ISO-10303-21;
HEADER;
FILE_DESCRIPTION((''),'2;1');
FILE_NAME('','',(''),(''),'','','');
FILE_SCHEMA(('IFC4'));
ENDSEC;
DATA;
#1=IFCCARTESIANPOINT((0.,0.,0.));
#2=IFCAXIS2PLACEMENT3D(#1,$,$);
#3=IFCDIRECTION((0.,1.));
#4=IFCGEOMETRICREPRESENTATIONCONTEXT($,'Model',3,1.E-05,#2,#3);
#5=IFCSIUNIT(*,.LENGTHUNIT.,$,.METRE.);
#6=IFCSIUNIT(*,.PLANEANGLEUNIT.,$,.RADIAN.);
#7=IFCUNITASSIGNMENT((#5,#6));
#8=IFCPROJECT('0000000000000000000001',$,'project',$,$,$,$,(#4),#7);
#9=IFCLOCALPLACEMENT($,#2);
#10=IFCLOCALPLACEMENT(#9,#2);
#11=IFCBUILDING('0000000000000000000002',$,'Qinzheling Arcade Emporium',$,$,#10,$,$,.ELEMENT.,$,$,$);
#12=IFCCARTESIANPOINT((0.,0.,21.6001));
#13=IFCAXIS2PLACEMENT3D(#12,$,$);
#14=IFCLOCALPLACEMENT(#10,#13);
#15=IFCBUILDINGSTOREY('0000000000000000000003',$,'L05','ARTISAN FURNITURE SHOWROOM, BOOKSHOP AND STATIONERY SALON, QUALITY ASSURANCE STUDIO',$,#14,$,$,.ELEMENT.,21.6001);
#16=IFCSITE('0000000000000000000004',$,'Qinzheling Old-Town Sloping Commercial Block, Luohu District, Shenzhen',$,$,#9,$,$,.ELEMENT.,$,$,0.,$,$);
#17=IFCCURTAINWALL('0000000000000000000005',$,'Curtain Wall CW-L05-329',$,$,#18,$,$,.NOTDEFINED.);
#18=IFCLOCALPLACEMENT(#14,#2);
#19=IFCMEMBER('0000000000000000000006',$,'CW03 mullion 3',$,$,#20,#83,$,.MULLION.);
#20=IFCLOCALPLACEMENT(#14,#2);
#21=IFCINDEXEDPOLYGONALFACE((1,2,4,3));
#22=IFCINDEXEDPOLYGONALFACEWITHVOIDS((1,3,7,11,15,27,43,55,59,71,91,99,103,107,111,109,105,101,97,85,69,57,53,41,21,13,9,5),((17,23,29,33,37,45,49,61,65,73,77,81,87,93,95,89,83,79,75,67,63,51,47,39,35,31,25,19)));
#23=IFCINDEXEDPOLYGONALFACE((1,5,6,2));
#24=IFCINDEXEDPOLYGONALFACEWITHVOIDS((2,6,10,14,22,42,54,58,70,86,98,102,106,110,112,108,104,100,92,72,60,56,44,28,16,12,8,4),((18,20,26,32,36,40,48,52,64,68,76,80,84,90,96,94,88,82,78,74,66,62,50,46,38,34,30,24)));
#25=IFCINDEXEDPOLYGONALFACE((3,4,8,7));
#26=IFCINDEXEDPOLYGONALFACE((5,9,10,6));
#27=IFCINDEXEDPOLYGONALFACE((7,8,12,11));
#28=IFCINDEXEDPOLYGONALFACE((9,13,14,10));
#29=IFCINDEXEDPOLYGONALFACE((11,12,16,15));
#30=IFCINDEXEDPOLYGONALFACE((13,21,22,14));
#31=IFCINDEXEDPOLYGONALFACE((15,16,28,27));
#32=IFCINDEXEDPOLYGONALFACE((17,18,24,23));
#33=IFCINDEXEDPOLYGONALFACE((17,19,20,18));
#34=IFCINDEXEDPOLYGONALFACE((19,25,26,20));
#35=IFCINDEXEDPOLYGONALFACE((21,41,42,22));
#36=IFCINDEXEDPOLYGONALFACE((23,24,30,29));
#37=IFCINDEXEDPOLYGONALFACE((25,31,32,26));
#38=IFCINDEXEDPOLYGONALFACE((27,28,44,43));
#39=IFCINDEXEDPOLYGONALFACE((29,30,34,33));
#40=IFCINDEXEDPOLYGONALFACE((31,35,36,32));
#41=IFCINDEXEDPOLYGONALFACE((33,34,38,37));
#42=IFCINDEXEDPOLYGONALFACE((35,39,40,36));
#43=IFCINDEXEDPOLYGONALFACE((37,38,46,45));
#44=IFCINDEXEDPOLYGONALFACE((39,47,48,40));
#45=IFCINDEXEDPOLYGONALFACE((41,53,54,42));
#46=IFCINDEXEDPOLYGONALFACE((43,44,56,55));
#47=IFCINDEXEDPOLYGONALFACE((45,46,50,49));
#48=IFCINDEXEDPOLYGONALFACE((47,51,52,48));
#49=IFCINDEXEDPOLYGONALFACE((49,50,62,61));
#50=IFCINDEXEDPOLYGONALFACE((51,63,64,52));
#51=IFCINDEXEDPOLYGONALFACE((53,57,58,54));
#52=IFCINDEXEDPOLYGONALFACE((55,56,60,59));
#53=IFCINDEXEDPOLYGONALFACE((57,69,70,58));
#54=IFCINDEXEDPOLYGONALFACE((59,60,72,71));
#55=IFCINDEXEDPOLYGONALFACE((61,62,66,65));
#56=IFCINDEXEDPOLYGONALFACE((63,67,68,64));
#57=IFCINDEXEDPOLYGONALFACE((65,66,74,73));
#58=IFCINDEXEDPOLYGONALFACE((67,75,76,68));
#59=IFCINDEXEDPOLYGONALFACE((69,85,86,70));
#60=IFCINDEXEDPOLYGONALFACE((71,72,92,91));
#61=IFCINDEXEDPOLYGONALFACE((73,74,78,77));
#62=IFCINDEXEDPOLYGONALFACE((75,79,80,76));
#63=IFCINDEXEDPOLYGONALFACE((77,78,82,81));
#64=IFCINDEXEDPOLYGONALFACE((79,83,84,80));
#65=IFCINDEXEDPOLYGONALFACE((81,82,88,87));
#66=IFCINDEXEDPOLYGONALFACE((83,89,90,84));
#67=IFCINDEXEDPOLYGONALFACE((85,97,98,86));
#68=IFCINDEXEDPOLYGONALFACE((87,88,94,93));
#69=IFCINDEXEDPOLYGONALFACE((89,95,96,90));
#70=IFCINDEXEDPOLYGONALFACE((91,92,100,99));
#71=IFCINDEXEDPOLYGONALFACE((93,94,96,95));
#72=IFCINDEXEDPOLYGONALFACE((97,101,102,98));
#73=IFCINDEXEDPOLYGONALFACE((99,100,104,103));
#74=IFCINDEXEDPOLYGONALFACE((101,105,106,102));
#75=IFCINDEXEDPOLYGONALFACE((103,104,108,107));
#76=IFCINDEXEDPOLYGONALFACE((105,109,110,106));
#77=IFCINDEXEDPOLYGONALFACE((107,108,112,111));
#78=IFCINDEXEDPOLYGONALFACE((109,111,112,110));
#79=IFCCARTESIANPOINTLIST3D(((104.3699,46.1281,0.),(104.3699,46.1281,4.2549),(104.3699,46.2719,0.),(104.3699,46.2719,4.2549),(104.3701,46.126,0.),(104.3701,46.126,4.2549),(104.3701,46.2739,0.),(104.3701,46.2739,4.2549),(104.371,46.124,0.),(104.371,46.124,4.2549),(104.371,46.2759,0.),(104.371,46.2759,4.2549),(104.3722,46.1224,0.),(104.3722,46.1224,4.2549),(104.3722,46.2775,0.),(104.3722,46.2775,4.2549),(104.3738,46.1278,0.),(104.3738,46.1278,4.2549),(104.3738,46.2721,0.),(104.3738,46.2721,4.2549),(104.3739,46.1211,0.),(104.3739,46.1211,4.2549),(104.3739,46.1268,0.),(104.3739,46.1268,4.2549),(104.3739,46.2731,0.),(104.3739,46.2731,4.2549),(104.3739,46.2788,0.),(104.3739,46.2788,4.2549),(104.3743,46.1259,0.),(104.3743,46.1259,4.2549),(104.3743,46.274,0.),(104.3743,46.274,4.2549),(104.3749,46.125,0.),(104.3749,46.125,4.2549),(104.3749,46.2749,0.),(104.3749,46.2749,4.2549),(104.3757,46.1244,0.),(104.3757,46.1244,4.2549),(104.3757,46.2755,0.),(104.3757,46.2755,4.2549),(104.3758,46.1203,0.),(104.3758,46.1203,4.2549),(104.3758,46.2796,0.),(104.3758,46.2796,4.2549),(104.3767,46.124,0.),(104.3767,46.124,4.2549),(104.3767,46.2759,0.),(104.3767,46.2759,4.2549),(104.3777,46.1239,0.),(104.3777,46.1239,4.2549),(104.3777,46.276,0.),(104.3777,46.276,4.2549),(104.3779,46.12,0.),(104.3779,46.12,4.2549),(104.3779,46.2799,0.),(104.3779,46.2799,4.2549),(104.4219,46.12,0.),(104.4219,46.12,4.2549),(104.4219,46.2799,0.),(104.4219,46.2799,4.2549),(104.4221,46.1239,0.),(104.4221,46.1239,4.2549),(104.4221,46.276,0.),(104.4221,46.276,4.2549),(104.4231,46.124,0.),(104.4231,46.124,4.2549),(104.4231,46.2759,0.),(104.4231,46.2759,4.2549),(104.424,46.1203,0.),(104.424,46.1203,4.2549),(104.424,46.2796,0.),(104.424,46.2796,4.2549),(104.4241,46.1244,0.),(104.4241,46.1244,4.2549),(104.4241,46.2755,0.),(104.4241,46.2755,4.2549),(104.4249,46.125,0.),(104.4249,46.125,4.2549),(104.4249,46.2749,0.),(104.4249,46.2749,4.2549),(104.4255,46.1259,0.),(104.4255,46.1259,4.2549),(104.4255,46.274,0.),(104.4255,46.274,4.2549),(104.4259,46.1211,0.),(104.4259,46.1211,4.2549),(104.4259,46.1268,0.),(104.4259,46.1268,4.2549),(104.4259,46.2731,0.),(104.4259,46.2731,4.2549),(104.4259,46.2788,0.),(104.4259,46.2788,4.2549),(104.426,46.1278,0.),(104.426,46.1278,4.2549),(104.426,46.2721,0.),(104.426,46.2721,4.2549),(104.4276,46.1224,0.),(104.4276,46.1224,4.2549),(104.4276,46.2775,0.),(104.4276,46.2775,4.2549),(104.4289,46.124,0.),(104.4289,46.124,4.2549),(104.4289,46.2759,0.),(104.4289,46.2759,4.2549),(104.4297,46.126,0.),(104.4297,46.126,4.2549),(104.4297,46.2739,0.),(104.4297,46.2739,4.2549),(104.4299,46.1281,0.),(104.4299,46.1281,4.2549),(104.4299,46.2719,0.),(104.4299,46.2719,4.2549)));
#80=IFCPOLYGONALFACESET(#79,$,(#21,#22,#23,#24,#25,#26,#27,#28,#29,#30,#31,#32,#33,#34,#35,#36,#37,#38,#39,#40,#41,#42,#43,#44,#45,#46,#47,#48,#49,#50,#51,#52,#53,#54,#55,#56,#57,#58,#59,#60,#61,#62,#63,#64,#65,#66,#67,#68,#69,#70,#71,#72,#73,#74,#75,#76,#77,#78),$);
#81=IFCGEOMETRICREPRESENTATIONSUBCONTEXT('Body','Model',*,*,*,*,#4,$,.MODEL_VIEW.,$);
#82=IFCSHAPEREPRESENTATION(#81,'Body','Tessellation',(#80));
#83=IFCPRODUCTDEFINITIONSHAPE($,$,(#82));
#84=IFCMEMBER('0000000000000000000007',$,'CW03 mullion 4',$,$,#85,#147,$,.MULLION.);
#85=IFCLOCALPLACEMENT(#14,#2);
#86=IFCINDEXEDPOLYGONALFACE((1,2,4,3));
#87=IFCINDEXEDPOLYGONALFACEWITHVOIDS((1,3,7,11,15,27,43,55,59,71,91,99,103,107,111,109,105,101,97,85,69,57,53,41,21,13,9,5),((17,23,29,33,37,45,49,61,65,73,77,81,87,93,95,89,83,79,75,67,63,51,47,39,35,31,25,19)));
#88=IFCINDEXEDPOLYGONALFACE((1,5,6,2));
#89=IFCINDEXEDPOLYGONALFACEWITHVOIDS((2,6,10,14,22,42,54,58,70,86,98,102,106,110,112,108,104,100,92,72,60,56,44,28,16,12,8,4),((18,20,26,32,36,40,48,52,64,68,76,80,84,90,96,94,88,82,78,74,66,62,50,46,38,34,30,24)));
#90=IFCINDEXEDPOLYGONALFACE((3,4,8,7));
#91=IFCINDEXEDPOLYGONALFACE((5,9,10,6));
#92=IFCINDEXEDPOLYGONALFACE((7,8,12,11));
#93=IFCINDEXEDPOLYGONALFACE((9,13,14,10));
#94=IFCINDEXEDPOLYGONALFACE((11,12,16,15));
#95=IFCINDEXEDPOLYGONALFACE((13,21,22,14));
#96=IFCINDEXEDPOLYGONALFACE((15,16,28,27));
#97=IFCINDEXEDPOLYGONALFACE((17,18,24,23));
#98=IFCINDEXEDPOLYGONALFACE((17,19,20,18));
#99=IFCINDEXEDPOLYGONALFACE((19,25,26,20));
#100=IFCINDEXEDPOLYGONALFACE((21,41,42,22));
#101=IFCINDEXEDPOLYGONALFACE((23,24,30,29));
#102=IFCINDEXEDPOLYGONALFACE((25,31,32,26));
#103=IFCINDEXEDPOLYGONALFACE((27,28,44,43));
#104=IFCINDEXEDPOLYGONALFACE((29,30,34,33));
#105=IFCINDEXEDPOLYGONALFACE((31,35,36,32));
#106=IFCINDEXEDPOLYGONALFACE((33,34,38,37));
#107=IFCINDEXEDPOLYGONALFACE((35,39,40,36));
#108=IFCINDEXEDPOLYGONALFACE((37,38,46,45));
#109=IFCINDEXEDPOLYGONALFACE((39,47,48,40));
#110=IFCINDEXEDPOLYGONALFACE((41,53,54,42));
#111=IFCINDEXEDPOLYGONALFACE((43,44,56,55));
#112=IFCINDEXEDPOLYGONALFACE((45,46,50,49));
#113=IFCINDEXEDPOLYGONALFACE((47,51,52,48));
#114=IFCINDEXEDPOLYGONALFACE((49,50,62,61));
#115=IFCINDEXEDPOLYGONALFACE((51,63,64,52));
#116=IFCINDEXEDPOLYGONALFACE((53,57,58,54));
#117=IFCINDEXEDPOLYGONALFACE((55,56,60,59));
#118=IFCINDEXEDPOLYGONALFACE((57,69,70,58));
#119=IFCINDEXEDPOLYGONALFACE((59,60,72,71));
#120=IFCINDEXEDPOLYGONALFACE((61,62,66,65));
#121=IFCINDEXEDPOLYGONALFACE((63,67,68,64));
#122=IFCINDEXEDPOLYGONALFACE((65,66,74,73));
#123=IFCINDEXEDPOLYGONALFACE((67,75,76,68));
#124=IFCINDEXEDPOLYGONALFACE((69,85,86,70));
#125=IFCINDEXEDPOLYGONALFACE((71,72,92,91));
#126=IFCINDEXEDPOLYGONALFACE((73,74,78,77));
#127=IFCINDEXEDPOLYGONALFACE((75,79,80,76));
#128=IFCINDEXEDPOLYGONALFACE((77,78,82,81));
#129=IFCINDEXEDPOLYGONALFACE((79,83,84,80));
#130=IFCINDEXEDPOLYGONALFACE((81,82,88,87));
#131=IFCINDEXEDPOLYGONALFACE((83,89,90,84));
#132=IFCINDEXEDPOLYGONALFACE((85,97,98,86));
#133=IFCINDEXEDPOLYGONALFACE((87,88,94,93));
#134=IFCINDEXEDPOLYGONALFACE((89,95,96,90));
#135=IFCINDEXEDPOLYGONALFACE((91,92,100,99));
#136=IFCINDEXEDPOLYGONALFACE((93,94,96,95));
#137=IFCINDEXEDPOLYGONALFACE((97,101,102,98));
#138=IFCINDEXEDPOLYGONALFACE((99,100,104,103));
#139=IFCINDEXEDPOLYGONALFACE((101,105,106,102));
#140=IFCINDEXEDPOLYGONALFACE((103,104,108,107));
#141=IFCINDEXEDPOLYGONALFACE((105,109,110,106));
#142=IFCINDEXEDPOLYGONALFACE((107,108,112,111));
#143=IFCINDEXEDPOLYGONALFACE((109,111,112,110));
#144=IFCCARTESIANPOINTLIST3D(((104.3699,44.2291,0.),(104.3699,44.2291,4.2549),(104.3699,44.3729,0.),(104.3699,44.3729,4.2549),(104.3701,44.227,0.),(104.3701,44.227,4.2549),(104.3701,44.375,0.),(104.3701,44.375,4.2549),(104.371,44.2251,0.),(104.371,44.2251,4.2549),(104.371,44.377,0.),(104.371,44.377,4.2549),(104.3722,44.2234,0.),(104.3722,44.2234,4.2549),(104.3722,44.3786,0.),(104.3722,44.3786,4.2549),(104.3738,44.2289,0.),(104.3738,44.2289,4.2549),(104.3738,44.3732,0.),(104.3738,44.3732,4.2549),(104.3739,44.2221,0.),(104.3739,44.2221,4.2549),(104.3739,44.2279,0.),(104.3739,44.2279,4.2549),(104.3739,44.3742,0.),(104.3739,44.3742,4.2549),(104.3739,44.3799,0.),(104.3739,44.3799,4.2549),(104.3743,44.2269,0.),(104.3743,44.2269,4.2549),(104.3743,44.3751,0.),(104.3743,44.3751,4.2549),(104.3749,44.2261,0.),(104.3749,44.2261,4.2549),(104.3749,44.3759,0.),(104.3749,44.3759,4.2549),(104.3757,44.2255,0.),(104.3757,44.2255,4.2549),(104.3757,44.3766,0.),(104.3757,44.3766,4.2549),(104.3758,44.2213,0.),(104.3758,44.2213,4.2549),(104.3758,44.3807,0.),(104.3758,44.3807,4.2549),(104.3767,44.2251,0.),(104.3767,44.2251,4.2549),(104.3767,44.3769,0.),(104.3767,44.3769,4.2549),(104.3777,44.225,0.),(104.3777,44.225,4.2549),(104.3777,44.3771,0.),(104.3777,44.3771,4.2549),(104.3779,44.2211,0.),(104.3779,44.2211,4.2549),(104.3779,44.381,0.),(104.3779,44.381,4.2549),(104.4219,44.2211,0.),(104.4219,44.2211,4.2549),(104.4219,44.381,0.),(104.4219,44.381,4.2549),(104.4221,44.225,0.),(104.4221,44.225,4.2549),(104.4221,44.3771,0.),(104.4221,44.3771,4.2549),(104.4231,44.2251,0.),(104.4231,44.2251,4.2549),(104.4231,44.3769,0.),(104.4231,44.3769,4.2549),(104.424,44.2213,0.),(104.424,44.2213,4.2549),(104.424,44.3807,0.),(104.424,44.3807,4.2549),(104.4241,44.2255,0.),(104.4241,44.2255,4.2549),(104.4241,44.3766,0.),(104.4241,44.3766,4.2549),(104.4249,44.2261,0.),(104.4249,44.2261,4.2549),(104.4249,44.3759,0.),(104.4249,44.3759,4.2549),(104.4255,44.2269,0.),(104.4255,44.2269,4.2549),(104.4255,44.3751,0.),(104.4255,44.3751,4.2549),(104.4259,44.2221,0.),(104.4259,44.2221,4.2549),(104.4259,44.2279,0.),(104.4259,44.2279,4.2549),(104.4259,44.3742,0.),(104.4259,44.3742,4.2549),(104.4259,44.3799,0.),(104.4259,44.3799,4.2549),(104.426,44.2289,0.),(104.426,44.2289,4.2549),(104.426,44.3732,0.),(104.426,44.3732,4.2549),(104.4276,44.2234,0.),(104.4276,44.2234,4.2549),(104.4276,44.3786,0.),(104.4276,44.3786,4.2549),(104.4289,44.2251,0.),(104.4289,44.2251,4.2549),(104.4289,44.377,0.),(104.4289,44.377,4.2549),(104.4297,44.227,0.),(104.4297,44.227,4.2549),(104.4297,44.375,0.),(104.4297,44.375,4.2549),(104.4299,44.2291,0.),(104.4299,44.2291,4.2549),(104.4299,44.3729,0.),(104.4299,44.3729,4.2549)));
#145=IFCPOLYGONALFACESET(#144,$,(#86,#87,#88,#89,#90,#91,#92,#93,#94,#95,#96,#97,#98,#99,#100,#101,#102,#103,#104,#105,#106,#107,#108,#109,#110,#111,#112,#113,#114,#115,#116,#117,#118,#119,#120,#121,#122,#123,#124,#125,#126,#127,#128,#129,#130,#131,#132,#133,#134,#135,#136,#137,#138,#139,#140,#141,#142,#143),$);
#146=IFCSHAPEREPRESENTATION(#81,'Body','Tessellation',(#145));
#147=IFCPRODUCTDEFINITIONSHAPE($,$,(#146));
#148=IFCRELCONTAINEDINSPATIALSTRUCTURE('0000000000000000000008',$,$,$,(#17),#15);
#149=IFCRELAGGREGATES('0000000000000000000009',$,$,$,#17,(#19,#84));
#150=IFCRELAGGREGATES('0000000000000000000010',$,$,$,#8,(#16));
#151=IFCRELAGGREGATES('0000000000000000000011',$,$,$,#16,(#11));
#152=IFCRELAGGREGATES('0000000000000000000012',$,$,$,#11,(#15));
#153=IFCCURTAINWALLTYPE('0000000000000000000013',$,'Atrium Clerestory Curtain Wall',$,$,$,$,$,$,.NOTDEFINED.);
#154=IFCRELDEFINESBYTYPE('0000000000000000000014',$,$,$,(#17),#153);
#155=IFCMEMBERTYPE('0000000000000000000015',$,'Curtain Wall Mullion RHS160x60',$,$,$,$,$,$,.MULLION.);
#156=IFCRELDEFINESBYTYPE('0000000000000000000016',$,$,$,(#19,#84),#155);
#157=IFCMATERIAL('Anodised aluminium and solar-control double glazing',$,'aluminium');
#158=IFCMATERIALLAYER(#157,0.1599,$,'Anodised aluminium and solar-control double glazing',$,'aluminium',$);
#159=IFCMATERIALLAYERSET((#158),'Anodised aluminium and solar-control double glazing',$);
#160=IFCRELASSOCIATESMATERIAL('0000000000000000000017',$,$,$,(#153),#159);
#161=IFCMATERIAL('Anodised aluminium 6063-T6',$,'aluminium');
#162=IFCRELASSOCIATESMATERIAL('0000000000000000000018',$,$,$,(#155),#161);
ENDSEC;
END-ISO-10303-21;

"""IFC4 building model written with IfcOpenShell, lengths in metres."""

from ifc_helpers import new_model, si_unit, direction, frame, origin, origin_2d, place, context, subcontext, project, spatial, hollow_rectangle, extrude, material, layer, layer_set, material_profile, profile_set, type_object, element, aggregate, save


model = new_model("IFC4")

# Units and contexts
model_context = context("Model", 3, precision=1e-05, world=origin(), true_north=direction((0.0, 1.0)))
body_context = subcontext(model_context, "Body", "Model", "MODEL_VIEW")
ifc_project = project(units=[si_unit("LENGTHUNIT", "METRE"), si_unit("PLANEANGLEUNIT", "RADIAN")], contexts=[model_context])

# Site, building, storey
site_placement = place(None, origin())
site = spatial("IfcSite", under=ifc_project, at=site_placement, Name="Qinzheling Old-Town Sloping Commercial Block, Luohu District, Shenzhen", CompositionType="ELEMENT", RefElevation=0.0)
building_placement = place(site_placement, origin())
building = spatial("IfcBuilding", under=site, at=building_placement, Name="Qinzheling Arcade Emporium", CompositionType="ELEMENT")
storey_placement = place(building_placement, frame((0.0, 0.0, 21.6001)))
storey = spatial("IfcBuildingStorey", under=building, at=storey_placement, Name="L05", Description="ARTISAN FURNITURE SHOWROOM, BOOKSHOP AND STATIONERY SALON, QUALITY ASSURANCE STUDIO", CompositionType="ELEMENT", Elevation=21.6001)

# Curtain wall, members
ifc_material_1 = material(Name="Anodised aluminium and solar-control double glazing", Category="aluminium")
ifc_layer_1 = layer(ifc_material_1, 0.1599, Name="Anodised aluminium and solar-control double glazing", Category="aluminium")
ifc_layer_set_1 = layer_set([ifc_layer_1], Name="Anodised aluminium and solar-control double glazing")
curtain_wall_type = type_object("IfcCurtainWallType", Name="Atrium Clerestory Curtain Wall", PredefinedType="NOTDEFINED", material=ifc_layer_set_1)
curtain_wall_placement = place(storey_placement, origin())
curtain_wall = element("IfcCurtainWall", 1, at=curtain_wall_placement, inside=storey, type_object=curtain_wall_type, Name="Curtain Wall CW-L05-329", PredefinedType="NOTDEFINED")
ifc_material_2 = material(Name="Anodised aluminium 6063-T6", Category="aluminium")
ifc_material_profile_1 = material_profile(ifc_material_2, hollow_rectangle(XDim=0.0601, YDim=0.1599, WallThickness=0.0039, InnerFilletRadius=0.0039, OuterFilletRadius=0.0081, at=origin_2d()), Name="RHS 160x60x4", Category="aluminium")
ifc_profile_set_1 = profile_set([ifc_material_profile_1], Name="Anodised aluminium 6063-T6")
member_type_1 = type_object("IfcMemberType", Name="Curtain Wall Mullion RHS160x60", PredefinedType="MULLION", material=ifc_profile_set_1)
member_1_placement = place(storey_placement, frame((104.3999, 46.2, 0.0), z_axis=(0.0, 0.0, 1.0), x_axis=(1.0, 0.0, 0.0)))
member_1 = element("IfcMember", 2, at=member_1_placement, type_object=member_type_1, Name="CW03 mullion 3", PredefinedType="MULLION", context=body_context, shape_type="SweptSolid", body=[
    extrude(hollow_rectangle(XDim=0.0601, YDim=0.1599, WallThickness=0.0039, InnerFilletRadius=0.0039, OuterFilletRadius=0.0081, at=origin_2d()), origin(), (0.0, 0.0, 1.0), 4.2549),
])
member_2_placement = place(storey_placement, frame((104.3999, 44.301, 0.0), z_axis=(0.0, 0.0, 1.0), x_axis=(1.0, 0.0, 0.0)))
member_2 = element("IfcMember", 3, at=member_2_placement, type_object=member_type_1, Name="CW03 mullion 4", PredefinedType="MULLION", context=body_context, shape_type="SweptSolid", body=[
    extrude(hollow_rectangle(XDim=0.0601, YDim=0.1599, WallThickness=0.0039, InnerFilletRadius=0.0039, OuterFilletRadius=0.0081, at=origin_2d()), origin(), (0.0, 0.0, 1.0), 4.2549),
])
aggregate(curtain_wall, [member_1, member_2])

save(model, "model.ifc")
